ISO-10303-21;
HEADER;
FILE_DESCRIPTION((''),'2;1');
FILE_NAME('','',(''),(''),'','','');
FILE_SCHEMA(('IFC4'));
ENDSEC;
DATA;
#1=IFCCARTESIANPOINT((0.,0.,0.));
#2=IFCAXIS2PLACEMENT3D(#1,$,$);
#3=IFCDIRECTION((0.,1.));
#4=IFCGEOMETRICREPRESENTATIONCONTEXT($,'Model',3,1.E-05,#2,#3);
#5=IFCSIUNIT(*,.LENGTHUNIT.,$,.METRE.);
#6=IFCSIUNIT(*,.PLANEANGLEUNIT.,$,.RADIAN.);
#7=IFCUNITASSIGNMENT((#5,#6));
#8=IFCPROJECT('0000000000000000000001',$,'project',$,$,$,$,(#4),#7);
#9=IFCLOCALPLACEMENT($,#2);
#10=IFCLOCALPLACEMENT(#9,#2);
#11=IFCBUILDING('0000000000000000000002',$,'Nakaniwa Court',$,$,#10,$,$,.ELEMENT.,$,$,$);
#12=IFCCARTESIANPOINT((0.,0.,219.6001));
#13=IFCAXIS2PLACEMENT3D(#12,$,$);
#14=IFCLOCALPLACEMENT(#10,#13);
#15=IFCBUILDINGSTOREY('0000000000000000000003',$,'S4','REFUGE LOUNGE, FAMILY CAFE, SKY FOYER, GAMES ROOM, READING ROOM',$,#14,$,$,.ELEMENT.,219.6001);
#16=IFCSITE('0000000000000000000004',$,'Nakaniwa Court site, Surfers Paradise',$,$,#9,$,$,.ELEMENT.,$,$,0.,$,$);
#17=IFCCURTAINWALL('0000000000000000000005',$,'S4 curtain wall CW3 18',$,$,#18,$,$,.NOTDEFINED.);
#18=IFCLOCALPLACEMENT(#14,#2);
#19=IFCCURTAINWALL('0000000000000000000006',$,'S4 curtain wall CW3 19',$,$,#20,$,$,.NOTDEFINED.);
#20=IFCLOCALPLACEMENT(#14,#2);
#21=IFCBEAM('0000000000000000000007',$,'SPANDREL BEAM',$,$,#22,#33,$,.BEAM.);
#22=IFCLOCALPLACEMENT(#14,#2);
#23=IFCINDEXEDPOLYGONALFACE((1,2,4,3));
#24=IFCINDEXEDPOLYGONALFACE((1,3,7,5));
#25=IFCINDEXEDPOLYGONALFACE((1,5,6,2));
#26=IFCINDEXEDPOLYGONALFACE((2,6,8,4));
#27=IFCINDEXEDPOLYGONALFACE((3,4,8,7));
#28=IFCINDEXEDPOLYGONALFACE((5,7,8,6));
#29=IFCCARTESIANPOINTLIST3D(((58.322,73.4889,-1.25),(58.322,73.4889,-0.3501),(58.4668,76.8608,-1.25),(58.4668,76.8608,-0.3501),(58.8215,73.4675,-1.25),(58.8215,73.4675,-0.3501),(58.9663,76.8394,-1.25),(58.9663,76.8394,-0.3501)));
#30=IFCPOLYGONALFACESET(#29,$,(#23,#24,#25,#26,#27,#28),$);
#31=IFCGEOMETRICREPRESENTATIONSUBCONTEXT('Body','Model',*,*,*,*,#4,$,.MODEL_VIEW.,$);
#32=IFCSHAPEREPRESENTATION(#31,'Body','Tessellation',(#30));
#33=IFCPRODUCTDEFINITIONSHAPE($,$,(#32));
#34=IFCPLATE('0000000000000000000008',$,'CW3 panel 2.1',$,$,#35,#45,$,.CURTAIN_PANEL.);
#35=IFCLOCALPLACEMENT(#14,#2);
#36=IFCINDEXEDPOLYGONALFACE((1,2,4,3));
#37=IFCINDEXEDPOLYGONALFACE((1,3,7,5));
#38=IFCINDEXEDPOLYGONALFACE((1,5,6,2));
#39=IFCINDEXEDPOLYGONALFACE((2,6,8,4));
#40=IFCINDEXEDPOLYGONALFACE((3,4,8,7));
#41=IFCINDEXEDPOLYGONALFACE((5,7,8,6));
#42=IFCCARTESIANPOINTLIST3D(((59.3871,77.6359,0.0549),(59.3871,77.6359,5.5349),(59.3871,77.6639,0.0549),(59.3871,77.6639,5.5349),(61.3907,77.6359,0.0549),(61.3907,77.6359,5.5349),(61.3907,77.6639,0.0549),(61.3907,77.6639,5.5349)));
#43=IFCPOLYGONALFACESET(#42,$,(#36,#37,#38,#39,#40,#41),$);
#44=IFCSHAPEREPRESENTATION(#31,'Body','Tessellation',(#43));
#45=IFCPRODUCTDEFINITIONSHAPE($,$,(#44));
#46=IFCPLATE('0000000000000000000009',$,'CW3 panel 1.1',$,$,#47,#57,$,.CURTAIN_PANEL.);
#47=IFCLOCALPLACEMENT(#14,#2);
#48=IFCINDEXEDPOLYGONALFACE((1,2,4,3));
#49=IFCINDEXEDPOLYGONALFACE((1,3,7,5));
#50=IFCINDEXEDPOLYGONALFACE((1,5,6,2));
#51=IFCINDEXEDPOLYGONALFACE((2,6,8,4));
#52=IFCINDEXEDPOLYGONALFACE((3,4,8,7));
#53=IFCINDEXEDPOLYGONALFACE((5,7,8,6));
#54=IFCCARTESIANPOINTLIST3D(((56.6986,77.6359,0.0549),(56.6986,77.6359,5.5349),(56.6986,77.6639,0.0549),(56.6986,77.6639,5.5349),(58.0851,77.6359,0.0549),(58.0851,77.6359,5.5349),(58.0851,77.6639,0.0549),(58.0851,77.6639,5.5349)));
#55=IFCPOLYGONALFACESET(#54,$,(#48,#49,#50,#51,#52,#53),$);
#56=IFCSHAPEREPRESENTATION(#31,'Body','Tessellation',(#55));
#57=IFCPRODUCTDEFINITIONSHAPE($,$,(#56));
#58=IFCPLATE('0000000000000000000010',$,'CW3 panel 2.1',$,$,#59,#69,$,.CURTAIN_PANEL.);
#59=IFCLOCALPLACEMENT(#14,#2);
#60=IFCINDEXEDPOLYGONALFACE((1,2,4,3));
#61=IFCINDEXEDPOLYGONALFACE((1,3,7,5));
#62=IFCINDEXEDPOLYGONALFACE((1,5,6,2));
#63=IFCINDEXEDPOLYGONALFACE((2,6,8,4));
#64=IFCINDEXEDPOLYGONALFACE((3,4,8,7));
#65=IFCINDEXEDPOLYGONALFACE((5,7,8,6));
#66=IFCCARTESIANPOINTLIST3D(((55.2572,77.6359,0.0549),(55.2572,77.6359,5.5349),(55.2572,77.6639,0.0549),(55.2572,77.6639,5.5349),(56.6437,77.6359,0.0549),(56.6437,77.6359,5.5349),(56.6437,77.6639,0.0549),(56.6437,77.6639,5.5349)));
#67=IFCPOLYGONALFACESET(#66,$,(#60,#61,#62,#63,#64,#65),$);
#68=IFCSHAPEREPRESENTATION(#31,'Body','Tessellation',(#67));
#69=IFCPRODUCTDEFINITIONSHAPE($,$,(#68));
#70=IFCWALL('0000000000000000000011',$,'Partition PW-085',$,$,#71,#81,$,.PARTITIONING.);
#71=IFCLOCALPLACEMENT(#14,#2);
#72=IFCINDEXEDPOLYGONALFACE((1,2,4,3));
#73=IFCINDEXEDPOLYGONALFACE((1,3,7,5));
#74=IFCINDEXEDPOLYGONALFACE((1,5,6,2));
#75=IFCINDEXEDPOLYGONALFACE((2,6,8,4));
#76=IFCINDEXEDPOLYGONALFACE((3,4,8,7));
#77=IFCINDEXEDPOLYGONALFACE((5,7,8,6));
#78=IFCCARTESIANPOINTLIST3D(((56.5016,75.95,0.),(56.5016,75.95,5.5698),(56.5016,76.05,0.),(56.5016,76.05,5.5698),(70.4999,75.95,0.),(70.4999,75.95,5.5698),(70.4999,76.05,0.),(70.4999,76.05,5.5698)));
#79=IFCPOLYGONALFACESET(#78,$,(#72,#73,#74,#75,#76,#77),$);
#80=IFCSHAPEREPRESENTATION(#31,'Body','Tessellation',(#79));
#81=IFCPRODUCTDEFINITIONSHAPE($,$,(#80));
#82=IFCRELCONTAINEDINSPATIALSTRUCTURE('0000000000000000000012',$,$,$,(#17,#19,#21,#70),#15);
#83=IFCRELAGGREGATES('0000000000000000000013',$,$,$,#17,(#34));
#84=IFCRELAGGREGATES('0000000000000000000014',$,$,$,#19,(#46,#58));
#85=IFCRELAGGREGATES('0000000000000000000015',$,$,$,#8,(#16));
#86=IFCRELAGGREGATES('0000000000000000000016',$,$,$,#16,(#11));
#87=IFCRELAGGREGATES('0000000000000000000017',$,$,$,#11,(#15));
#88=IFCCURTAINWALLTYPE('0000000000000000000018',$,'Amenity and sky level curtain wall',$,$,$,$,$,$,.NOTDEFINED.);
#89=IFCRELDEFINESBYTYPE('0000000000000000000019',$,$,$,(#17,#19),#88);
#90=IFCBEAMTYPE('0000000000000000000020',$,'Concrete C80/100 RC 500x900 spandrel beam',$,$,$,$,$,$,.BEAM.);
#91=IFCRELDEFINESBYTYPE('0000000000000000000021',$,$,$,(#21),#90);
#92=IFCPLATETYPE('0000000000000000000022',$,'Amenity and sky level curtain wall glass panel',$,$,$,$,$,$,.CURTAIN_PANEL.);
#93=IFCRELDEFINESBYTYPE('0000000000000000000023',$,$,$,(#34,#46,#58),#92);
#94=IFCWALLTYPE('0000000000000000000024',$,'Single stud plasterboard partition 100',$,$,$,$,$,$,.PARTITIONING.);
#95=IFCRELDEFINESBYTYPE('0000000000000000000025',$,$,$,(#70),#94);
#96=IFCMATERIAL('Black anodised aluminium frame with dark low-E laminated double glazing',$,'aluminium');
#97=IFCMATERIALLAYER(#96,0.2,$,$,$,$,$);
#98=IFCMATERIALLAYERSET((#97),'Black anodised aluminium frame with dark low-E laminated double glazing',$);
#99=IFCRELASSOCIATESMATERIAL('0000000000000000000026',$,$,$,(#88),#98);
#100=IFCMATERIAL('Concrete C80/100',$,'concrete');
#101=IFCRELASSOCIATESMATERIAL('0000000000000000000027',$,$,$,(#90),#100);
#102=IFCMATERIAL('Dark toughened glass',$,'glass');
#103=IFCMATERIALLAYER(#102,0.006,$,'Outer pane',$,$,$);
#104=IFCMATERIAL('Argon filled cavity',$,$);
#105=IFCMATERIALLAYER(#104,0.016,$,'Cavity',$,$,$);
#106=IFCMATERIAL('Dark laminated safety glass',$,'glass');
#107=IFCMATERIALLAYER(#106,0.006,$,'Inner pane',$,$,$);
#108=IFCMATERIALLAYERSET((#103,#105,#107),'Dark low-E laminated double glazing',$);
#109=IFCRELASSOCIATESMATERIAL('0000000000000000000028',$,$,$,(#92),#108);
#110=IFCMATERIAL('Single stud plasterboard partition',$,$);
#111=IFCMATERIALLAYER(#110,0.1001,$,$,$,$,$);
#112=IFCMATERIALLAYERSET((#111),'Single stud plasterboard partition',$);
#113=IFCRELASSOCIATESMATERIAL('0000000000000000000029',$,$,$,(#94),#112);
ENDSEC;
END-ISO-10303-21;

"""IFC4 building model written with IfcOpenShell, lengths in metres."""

from ifc_helpers import new_model, si_unit, direction, frame, frame_2d, origin, origin_2d, place, context, subcontext, project, spatial, rectangle, extrude, material, layer, layer_set, material_profile, profile_set, type_object, element, aggregate, save


model = new_model("IFC4")

# Units and contexts
model_context = context("Model", 3, precision=1e-05, world=origin(), true_north=direction((0.0, 1.0)))
body_context = subcontext(model_context, "Body", "Model", "MODEL_VIEW")
ifc_project = project(units=[si_unit("LENGTHUNIT", "METRE"), si_unit("PLANEANGLEUNIT", "RADIAN")], contexts=[model_context])

# Site, building, storey
site_placement = place(None, origin())
site = spatial("IfcSite", under=ifc_project, at=site_placement, Name="Nakaniwa Court site, Surfers Paradise", CompositionType="ELEMENT", RefElevation=0.0)
building_placement = place(site_placement, origin())
building = spatial("IfcBuilding", under=site, at=building_placement, Name="Nakaniwa Court", CompositionType="ELEMENT")
storey_placement = place(building_placement, frame((0.0, 0.0, 219.6001)))
storey = spatial("IfcBuildingStorey", under=building, at=storey_placement, Name="S4", Description="REFUGE LOUNGE, FAMILY CAFE, SKY FOYER, GAMES ROOM, READING ROOM", CompositionType="ELEMENT", Elevation=219.6001)

# Shared definitions
ifc_material_1 = material(Name="Concrete C80/100", Category="concrete")

# Curtain wall
ifc_material_2 = material(Name="Black anodised aluminium frame with dark low-E laminated double glazing", Category="aluminium")
ifc_layer_1 = layer(ifc_material_2, 0.2)
ifc_layer_set_1 = layer_set([ifc_layer_1], Name="Black anodised aluminium frame with dark low-E laminated double glazing")
curtain_wall_type = type_object("IfcCurtainWallType", Name="Amenity and sky level curtain wall", PredefinedType="NOTDEFINED", material=ifc_layer_set_1)
curtain_wall_1_placement = place(storey_placement, origin())
curtain_wall_1 = element("IfcCurtainWall", 1, at=curtain_wall_1_placement, inside=storey, type_object=curtain_wall_type, Name="S4 curtain wall CW3 18", PredefinedType="NOTDEFINED")

# Curtain wall
curtain_wall_2_placement = place(storey_placement, origin())
curtain_wall_2 = element("IfcCurtainWall", 2, at=curtain_wall_2_placement, inside=storey, type_object=curtain_wall_type, Name="S4 curtain wall CW3 19", PredefinedType="NOTDEFINED")

# Beam
ifc_material_profile_1 = material_profile(ifc_material_1, rectangle(XDim=0.5, YDim=0.8999, at=origin_2d()), Name="Concrete C80/100 RC 500x900 spandrel beam")
ifc_profile_set_1 = profile_set([ifc_material_profile_1], Name="Concrete C80/100")
beam_type = type_object("IfcBeamType", Name="Concrete C80/100 RC 500x900 spandrel beam", PredefinedType="BEAM", material=ifc_profile_set_1)
beam_placement = place(storey_placement, frame((58.7166, 76.8501, -0.8), z_axis=(-0.042897, -0.999079, 0.0), x_axis=(0.999079, -0.042897, 0.0)))
element("IfcBeam", 3, at=beam_placement, inside=storey, type_object=beam_type, Name="SPANDREL BEAM", PredefinedType="BEAM", context=body_context, shape_type="SweptSolid", body=[
    extrude(rectangle(XDim=0.5, YDim=0.8999, at=origin_2d()), origin(), (0.0, 0.0, 1.0), 3.375),
])

# Plates
ifc_material_3 = material(Name="Dark toughened glass", Category="glass")
ifc_layer_2 = layer(ifc_material_3, 0.006, Name="Outer pane")
ifc_material_4 = material(Name="Argon filled cavity")
ifc_layer_3 = layer(ifc_material_4, 0.016, Name="Cavity")
ifc_material_5 = material(Name="Dark laminated safety glass", Category="glass")
ifc_layer_4 = layer(ifc_material_5, 0.006, Name="Inner pane")
ifc_layer_set_2 = layer_set([ifc_layer_2, ifc_layer_3, ifc_layer_4], Name="Dark low-E laminated double glazing")
plate_type = type_object("IfcPlateType", Name="Amenity and sky level curtain wall glass panel", PredefinedType="CURTAIN_PANEL", material=ifc_layer_set_2)
plate_1_placement = place(storey_placement, frame((60.3889, 77.6499, 0.0549), z_axis=(0.0, 0.0, 1.0), x_axis=(-1.0, 0.0, 0.0)))
plate_1 = element("IfcPlate", 4, at=plate_1_placement, type_object=plate_type, Name="CW3 panel 2.1", PredefinedType="CURTAIN_PANEL", context=body_context, shape_type="SweptSolid", body=[
    extrude(rectangle(XDim=2.0037, YDim=0.0281, at=origin_2d()), origin(), (0.0, 0.0, 1.0), 5.48),
])
aggregate(curtain_wall_1, [plate_1])
plate_2_placement = place(storey_placement, frame((57.3918, 77.6499, 0.0549), z_axis=(0.0, 0.0, 1.0), x_axis=(-1.0, 0.0, 0.0)))
plate_2 = element("IfcPlate", 5, at=plate_2_placement, type_object=plate_type, Name="CW3 panel 1.1", PredefinedType="CURTAIN_PANEL", context=body_context, shape_type="SweptSolid", body=[
    extrude(rectangle(XDim=1.3865, YDim=0.0281, at=origin_2d()), origin(), (0.0, 0.0, 1.0), 5.48),
])
plate_3_placement = place(storey_placement, frame((55.9504, 77.6499, 0.0549), z_axis=(0.0, 0.0, 1.0), x_axis=(-1.0, 0.0, 0.0)))
plate_3 = element("IfcPlate", 6, at=plate_3_placement, type_object=plate_type, Name="CW3 panel 2.1", PredefinedType="CURTAIN_PANEL", context=body_context, shape_type="SweptSolid", body=[
    extrude(rectangle(XDim=1.3865, YDim=0.0281, at=origin_2d()), origin(), (0.0, 0.0, 1.0), 5.48),
])
aggregate(curtain_wall_2, [plate_2, plate_3])

# Wall
ifc_material_6 = material(Name="Single stud plasterboard partition")
ifc_layer_5 = layer(ifc_material_6, 0.1001)
ifc_layer_set_3 = layer_set([ifc_layer_5], Name="Single stud plasterboard partition")
wall_type = type_object("IfcWallType", Name="Single stud plasterboard partition 100", PredefinedType="PARTITIONING", material=ifc_layer_set_3)
wall_placement = place(storey_placement, frame((56.5017, 76.0, 0.0), z_axis=(0.0, 0.0, 1.0), x_axis=(1.0, 0.0, 0.0)))
element("IfcWall", 7, at=wall_placement, inside=storey, type_object=wall_type, Name="Partition PW-085", PredefinedType="PARTITIONING", context=body_context, shape_type="SweptSolid", body=[
    extrude(rectangle(XDim=13.9983, YDim=0.1001, at=frame_2d((6.999, 0.0))), origin(), (0.0, 0.0, 1.0), 5.5698),
])

save(model, "model.ifc")
